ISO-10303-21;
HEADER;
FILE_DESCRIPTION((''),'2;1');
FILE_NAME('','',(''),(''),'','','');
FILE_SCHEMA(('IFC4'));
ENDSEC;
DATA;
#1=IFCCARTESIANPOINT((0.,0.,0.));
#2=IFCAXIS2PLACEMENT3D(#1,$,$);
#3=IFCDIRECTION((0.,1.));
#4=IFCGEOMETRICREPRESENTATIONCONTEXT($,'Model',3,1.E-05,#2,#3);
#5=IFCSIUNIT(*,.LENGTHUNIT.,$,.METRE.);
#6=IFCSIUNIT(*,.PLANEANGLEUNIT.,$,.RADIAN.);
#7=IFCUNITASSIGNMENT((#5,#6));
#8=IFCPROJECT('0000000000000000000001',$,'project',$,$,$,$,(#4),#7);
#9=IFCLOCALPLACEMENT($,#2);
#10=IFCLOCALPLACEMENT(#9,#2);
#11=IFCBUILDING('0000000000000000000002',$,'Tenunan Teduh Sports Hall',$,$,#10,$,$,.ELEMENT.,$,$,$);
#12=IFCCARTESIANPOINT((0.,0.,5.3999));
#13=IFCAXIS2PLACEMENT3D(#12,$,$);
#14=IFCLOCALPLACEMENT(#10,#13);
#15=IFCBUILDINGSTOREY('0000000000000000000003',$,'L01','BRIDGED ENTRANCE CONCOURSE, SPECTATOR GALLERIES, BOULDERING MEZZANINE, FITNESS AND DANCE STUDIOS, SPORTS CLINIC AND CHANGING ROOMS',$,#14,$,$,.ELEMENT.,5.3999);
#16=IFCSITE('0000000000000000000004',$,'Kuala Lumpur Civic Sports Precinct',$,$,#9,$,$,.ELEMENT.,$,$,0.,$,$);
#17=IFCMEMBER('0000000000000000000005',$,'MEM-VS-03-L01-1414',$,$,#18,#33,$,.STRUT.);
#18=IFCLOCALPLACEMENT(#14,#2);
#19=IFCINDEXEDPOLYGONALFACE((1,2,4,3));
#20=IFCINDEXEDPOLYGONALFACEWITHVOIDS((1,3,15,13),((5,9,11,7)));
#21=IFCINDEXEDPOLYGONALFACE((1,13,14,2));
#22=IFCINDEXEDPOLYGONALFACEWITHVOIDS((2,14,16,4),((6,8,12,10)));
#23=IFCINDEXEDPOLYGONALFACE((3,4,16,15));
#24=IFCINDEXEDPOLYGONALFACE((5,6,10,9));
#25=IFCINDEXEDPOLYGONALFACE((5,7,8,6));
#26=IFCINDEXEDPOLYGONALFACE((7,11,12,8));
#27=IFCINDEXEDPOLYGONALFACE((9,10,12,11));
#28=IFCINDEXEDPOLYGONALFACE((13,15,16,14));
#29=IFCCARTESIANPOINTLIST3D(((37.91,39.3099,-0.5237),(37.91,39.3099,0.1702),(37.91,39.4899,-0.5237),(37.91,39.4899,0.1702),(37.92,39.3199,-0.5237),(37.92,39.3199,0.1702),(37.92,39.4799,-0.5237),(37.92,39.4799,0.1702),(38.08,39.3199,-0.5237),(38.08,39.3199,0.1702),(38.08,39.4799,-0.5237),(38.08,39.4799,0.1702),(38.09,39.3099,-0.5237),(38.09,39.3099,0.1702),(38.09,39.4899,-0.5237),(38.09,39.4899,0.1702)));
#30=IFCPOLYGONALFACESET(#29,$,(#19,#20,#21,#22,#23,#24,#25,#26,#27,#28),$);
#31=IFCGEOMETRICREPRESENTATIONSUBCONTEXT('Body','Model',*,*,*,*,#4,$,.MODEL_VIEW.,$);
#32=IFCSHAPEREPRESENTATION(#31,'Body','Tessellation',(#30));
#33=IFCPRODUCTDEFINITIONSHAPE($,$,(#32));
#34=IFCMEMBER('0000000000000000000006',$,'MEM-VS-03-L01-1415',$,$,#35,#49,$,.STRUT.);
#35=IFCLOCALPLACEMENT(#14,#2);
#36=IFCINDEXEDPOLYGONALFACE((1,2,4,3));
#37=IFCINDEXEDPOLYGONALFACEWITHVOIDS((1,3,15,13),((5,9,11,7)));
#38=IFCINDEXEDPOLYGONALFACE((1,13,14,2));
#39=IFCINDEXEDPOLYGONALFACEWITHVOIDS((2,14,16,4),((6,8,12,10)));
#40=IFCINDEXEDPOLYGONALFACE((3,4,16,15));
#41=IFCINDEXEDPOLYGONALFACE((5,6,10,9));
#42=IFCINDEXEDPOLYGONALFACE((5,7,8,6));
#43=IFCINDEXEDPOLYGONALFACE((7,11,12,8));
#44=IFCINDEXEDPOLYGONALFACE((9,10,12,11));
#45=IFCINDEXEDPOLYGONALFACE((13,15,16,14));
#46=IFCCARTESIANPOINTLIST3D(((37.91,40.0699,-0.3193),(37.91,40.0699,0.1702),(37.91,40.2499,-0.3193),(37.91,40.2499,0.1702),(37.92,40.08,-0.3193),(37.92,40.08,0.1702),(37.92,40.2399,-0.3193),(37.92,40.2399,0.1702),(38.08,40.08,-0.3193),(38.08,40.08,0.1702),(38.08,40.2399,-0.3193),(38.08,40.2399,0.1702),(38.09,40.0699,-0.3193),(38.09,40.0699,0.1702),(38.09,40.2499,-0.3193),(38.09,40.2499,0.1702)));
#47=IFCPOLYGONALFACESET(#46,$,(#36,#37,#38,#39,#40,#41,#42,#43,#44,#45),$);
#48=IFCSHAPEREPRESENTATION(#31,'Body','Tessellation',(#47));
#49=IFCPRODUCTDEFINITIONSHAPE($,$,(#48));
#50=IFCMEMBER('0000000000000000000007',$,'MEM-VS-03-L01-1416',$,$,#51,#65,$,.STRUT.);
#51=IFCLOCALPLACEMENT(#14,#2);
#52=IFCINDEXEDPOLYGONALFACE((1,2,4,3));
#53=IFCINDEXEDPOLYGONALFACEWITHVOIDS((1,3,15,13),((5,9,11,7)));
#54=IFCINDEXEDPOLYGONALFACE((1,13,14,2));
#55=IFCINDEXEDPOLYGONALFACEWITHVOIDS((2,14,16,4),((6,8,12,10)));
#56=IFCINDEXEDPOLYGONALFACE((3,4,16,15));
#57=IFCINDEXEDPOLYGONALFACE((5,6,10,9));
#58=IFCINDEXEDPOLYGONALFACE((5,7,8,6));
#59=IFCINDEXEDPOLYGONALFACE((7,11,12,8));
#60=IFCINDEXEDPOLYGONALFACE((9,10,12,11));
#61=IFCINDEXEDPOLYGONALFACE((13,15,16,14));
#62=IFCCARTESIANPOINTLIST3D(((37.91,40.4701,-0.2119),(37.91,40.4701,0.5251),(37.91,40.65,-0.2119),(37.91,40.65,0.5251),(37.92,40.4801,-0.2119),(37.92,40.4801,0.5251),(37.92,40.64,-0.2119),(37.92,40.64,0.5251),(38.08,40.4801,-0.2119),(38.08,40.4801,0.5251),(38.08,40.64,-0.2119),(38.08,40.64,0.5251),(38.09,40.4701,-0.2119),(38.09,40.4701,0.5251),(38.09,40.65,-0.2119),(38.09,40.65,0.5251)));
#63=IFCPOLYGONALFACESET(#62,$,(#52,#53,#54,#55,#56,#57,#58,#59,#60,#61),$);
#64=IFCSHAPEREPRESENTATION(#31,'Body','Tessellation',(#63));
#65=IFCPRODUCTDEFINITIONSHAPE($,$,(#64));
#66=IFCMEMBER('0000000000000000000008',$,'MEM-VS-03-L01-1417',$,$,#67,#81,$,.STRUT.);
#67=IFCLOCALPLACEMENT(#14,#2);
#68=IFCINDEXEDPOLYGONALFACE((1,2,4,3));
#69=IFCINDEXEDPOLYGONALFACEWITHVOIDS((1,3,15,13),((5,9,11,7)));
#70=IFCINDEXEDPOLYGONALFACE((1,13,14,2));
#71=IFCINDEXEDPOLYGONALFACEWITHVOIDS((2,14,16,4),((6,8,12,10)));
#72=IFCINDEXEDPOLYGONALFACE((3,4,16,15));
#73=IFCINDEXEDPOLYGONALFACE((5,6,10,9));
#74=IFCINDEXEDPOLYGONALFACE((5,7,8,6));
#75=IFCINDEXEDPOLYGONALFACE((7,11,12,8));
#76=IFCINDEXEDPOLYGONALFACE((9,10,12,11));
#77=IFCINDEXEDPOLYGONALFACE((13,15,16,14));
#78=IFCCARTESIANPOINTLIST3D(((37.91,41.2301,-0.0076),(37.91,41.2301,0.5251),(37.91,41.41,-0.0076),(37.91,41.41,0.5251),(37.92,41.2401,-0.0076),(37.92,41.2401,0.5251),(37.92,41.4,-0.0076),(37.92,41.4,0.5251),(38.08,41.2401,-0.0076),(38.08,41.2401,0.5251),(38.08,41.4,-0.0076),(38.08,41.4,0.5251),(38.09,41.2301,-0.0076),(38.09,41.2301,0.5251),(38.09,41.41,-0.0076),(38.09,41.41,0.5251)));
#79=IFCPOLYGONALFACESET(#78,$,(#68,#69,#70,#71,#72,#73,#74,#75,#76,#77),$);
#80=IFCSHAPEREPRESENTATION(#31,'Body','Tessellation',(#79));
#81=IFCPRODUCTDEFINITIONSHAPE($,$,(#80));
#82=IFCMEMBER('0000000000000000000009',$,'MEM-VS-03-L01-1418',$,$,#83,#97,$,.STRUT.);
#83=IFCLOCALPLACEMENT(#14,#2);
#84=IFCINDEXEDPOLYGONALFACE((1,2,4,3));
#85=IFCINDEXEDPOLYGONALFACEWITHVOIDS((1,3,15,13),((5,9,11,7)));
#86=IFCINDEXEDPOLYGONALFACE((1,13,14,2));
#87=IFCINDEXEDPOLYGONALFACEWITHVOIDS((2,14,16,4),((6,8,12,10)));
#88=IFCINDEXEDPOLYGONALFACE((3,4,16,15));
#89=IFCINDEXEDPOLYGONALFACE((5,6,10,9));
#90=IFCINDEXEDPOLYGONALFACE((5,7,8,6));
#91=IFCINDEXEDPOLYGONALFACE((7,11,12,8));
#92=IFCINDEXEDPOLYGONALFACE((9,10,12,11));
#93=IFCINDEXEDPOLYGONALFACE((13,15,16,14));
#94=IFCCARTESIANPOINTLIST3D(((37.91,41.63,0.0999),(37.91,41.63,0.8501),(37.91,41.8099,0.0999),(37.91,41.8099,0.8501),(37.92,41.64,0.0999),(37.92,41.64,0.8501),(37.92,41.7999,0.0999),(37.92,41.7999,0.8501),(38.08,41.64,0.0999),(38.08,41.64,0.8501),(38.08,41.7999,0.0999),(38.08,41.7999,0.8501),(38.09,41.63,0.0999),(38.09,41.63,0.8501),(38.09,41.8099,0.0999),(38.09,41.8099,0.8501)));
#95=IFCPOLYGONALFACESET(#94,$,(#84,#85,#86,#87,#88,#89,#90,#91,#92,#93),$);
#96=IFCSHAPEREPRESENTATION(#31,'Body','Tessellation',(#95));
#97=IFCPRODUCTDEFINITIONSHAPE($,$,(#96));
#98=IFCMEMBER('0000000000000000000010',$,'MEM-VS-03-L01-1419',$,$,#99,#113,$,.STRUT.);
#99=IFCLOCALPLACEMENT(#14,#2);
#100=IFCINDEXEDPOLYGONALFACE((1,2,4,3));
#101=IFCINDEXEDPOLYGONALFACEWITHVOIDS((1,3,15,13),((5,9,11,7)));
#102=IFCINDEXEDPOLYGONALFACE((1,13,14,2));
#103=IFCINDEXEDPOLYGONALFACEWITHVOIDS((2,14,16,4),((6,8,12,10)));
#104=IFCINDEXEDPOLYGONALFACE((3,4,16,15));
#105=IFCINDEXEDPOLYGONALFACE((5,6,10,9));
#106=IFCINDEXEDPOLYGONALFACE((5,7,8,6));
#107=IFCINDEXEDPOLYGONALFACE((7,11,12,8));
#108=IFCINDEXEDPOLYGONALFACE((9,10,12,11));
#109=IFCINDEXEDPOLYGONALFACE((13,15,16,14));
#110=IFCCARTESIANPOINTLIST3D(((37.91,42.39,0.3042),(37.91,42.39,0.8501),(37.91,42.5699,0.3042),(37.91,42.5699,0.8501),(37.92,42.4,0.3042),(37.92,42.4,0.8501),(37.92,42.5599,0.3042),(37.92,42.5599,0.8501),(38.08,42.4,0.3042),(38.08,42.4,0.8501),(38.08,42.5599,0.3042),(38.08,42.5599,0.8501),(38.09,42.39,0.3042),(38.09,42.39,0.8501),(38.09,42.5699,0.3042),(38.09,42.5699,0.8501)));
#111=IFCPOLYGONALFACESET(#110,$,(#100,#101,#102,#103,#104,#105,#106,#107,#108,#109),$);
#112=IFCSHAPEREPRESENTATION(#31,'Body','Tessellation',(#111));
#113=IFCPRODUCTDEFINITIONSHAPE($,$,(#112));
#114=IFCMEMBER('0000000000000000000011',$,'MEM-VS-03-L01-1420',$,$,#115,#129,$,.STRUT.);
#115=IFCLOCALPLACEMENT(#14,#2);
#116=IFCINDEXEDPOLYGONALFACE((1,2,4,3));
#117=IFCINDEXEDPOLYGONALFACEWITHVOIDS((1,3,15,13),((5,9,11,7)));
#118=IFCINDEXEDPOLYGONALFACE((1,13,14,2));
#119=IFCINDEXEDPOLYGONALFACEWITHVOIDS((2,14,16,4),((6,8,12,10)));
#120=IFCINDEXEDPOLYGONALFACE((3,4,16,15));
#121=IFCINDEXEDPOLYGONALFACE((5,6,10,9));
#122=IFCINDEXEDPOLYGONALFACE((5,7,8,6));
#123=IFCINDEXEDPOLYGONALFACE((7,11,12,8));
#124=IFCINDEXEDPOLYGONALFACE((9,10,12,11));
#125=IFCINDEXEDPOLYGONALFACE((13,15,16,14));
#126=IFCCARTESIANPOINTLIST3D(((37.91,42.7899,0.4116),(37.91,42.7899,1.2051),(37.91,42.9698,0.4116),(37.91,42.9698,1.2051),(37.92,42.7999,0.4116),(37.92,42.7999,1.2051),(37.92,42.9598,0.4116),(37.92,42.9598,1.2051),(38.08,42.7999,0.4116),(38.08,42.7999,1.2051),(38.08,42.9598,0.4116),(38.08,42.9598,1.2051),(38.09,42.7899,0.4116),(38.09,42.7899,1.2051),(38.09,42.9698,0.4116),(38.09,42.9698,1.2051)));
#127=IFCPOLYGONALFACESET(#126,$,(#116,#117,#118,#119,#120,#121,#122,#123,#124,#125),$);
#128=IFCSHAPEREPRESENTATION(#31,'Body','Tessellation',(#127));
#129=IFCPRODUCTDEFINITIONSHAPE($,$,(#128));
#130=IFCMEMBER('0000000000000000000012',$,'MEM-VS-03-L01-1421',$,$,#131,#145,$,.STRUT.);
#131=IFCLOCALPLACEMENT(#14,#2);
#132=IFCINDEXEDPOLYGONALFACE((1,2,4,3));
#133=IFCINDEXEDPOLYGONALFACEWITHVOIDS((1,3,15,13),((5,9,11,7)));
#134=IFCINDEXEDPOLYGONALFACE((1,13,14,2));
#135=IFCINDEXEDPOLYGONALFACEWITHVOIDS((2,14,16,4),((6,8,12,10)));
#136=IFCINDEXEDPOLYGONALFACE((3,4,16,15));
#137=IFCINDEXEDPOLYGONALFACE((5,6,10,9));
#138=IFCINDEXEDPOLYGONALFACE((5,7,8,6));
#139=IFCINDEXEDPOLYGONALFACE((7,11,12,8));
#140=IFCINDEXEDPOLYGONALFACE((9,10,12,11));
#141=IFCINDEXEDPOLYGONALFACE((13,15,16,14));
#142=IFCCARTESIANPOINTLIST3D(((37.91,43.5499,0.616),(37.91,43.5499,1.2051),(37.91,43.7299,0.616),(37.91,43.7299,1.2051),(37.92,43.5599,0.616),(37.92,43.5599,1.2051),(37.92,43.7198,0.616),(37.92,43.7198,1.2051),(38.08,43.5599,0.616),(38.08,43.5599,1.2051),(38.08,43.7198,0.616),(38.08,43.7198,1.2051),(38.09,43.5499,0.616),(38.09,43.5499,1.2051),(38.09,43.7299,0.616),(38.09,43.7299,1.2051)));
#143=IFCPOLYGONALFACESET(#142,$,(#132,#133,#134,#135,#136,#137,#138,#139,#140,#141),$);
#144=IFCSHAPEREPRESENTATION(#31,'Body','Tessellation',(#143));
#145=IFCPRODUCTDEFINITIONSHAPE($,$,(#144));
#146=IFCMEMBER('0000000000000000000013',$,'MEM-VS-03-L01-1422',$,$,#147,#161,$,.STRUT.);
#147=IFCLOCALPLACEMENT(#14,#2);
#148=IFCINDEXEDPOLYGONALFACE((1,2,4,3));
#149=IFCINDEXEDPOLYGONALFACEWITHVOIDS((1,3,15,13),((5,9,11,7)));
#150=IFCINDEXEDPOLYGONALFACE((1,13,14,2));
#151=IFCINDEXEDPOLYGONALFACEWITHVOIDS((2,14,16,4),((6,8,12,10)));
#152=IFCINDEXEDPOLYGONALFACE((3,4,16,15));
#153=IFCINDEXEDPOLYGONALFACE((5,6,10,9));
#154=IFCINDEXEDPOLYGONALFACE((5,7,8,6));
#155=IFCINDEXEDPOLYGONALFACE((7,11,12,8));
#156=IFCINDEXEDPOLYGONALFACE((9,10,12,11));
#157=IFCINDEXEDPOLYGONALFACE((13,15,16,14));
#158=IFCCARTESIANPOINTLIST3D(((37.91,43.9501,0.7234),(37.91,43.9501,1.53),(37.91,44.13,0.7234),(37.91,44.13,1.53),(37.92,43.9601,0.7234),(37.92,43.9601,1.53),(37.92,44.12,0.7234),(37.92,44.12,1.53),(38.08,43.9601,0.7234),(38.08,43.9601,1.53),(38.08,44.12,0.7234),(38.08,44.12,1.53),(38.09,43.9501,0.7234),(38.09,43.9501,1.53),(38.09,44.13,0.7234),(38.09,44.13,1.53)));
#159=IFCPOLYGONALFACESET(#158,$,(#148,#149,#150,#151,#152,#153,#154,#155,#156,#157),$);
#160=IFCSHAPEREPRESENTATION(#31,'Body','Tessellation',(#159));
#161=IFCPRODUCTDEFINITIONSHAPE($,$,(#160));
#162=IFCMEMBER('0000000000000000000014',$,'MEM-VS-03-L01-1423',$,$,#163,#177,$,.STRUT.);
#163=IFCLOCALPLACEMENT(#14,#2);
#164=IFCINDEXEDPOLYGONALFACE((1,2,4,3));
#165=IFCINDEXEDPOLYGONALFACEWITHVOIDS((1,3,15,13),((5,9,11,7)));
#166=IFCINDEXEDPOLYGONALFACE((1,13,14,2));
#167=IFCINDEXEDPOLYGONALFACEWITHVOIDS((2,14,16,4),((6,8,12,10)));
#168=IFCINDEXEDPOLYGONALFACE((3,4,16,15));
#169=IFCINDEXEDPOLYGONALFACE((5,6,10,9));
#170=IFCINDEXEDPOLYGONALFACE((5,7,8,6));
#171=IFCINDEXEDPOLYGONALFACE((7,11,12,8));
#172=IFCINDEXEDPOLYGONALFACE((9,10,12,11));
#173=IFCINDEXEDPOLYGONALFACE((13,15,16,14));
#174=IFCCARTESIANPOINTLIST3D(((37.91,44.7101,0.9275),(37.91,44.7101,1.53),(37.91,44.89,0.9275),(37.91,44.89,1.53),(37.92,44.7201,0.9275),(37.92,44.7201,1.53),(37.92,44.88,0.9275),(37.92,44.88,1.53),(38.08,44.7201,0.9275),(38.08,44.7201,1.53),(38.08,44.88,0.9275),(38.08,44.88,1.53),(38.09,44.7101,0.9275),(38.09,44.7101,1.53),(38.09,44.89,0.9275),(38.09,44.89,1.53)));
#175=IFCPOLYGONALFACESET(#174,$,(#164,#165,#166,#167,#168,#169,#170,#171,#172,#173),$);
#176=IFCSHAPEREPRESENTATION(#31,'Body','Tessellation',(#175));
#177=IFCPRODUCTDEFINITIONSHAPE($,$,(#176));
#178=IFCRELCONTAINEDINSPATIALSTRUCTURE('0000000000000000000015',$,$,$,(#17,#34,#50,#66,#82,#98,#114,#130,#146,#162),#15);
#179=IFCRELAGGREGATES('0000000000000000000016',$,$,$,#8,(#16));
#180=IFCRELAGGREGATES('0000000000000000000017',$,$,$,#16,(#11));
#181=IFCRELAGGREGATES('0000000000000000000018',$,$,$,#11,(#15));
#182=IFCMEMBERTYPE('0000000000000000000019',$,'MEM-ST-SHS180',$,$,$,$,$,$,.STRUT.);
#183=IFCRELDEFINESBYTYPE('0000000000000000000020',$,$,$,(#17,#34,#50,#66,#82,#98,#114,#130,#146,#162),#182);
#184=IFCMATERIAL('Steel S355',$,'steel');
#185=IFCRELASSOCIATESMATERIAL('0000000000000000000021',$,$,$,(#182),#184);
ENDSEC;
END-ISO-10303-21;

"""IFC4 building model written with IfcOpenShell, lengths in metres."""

from ifc_helpers import new_model, si_unit, direction, frame, origin, origin_2d, place, context, subcontext, project, spatial, hollow_rectangle, extrude, material, material_profile, profile_set, type_object, element, save


model = new_model("IFC4")

# Units and contexts
model_context = context("Model", 3, precision=1e-05, world=origin(), true_north=direction((0.0, 1.0)))
body_context = subcontext(model_context, "Body", "Model", "MODEL_VIEW")
ifc_project = project(units=[si_unit("LENGTHUNIT", "METRE"), si_unit("PLANEANGLEUNIT", "RADIAN")], contexts=[model_context])

# Site, building, storey
site_placement = place(None, origin())
site = spatial("IfcSite", under=ifc_project, at=site_placement, Name="Kuala Lumpur Civic Sports Precinct", CompositionType="ELEMENT", RefElevation=0.0)
building_placement = place(site_placement, origin())
building = spatial("IfcBuilding", under=site, at=building_placement, Name="Tenunan Teduh Sports Hall", CompositionType="ELEMENT")
storey_placement = place(building_placement, frame((0.0, 0.0, 5.3999)))
storey = spatial("IfcBuildingStorey", under=building, at=storey_placement, Name="L01", Description="BRIDGED ENTRANCE CONCOURSE, SPECTATOR GALLERIES, BOULDERING MEZZANINE, FITNESS AND DANCE STUDIOS, SPORTS CLINIC AND CHANGING ROOMS", CompositionType="ELEMENT", Elevation=5.3999)

# Members
ifc_material_1 = material(Name="Steel S355", Category="steel")
ifc_material_profile_1 = material_profile(ifc_material_1, hollow_rectangle(XDim=0.1799, YDim=0.1799, WallThickness=0.01, at=origin_2d()), Name="SHS 180x180x10.0")
ifc_profile_set_1 = profile_set([ifc_material_profile_1], Name="Steel S355")
member_type_1 = type_object("IfcMemberType", Name="MEM-ST-SHS180", PredefinedType="STRUT", material=ifc_profile_set_1)
member_1_placement = place(storey_placement, frame((38.0, 39.3999, -0.5237), z_axis=(0.0, 0.0, 1.0), x_axis=(1.0, 0.0, 0.0)))
element("IfcMember", 1, at=member_1_placement, inside=storey, type_object=member_type_1, Name="MEM-VS-03-L01-1414", PredefinedType="STRUT", context=body_context, shape_type="SweptSolid", body=[
    extrude(hollow_rectangle(XDim=0.1799, YDim=0.1799, WallThickness=0.01, at=origin_2d()), origin(), (0.0, 0.0, 1.0), 0.6938),
])
member_2_placement = place(storey_placement, frame((38.0, 40.1599, -0.3193), z_axis=(0.0, 0.0, 1.0), x_axis=(1.0, 0.0, 0.0)))
element("IfcMember", 2, at=member_2_placement, inside=storey, type_object=member_type_1, Name="MEM-VS-03-L01-1415", PredefinedType="STRUT", context=body_context, shape_type="SweptSolid", body=[
    extrude(hollow_rectangle(XDim=0.1799, YDim=0.1799, WallThickness=0.01, at=origin_2d()), origin(), (0.0, 0.0, 1.0), 0.4895),
])
member_3_placement = place(storey_placement, frame((38.0, 40.5601, -0.2119), z_axis=(0.0, 0.0, 1.0), x_axis=(1.0, 0.0, 0.0)))
element("IfcMember", 3, at=member_3_placement, inside=storey, type_object=member_type_1, Name="MEM-VS-03-L01-1416", PredefinedType="STRUT", context=body_context, shape_type="SweptSolid", body=[
    extrude(hollow_rectangle(XDim=0.1799, YDim=0.1799, WallThickness=0.01, at=origin_2d()), origin(), (0.0, 0.0, 1.0), 0.7371),
])
member_4_placement = place(storey_placement, frame((38.0, 41.3201, -0.0076), z_axis=(0.0, 0.0, 1.0), x_axis=(1.0, 0.0, 0.0)))
element("IfcMember", 4, at=member_4_placement, inside=storey, type_object=member_type_1, Name="MEM-VS-03-L01-1417", PredefinedType="STRUT", context=body_context, shape_type="SweptSolid", body=[
    extrude(hollow_rectangle(XDim=0.1799, YDim=0.1799, WallThickness=0.01, at=origin_2d()), origin(), (0.0, 0.0, 1.0), 0.5327),
])
member_5_placement = place(storey_placement, frame((38.0, 41.72, 0.0999), z_axis=(0.0, 0.0, 1.0), x_axis=(1.0, 0.0, 0.0)))
element("IfcMember", 5, at=member_5_placement, inside=storey, type_object=member_type_1, Name="MEM-VS-03-L01-1418", PredefinedType="STRUT", context=body_context, shape_type="SweptSolid", body=[
    extrude(hollow_rectangle(XDim=0.1799, YDim=0.1799, WallThickness=0.01, at=origin_2d()), origin(), (0.0, 0.0, 1.0), 0.7502),
])
member_6_placement = place(storey_placement, frame((38.0, 42.48, 0.3042), z_axis=(0.0, 0.0, 1.0), x_axis=(1.0, 0.0, 0.0)))
element("IfcMember", 6, at=member_6_placement, inside=storey, type_object=member_type_1, Name="MEM-VS-03-L01-1419", PredefinedType="STRUT", context=body_context, shape_type="SweptSolid", body=[
    extrude(hollow_rectangle(XDim=0.1799, YDim=0.1799, WallThickness=0.01, at=origin_2d()), origin(), (0.0, 0.0, 1.0), 0.5459),
])
member_7_placement = place(storey_placement, frame((38.0, 42.8799, 0.4116), z_axis=(0.0, 0.0, 1.0), x_axis=(1.0, 0.0, 0.0)))
element("IfcMember", 7, at=member_7_placement, inside=storey, type_object=member_type_1, Name="MEM-VS-03-L01-1420", PredefinedType="STRUT", context=body_context, shape_type="SweptSolid", body=[
    extrude(hollow_rectangle(XDim=0.1799, YDim=0.1799, WallThickness=0.01, at=origin_2d()), origin(), (0.0, 0.0, 1.0), 0.7935),
])
member_8_placement = place(storey_placement, frame((38.0, 43.6399, 0.616), z_axis=(0.0, 0.0, 1.0), x_axis=(1.0, 0.0, 0.0)))
element("IfcMember", 8, at=member_8_placement, inside=storey, type_object=member_type_1, Name="MEM-VS-03-L01-1421", PredefinedType="STRUT", context=body_context, shape_type="SweptSolid", body=[
    extrude(hollow_rectangle(XDim=0.1799, YDim=0.1799, WallThickness=0.01, at=origin_2d()), origin(), (0.0, 0.0, 1.0), 0.5891),
])
member_9_placement = place(storey_placement, frame((38.0, 44.04, 0.7234), z_axis=(0.0, 0.0, 1.0), x_axis=(1.0, 0.0, 0.0)))
element("IfcMember", 9, at=member_9_placement, inside=storey, type_object=member_type_1, Name="MEM-VS-03-L01-1422", PredefinedType="STRUT", context=body_context, shape_type="SweptSolid", body=[
    extrude(hollow_rectangle(XDim=0.1799, YDim=0.1799, WallThickness=0.01, at=origin_2d()), origin(), (0.0, 0.0, 1.0), 0.8066),
])
member_10_placement = place(storey_placement, frame((38.0, 44.8, 0.9275), z_axis=(0.0, 0.0, 1.0), x_axis=(1.0, 0.0, 0.0)))
element("IfcMember", 10, at=member_10_placement, inside=storey, type_object=member_type_1, Name="MEM-VS-03-L01-1423", PredefinedType="STRUT", context=body_context, shape_type="SweptSolid", body=[
    extrude(hollow_rectangle(XDim=0.1799, YDim=0.1799, WallThickness=0.01, at=origin_2d()), origin(), (0.0, 0.0, 1.0), 0.6025),
])

save(model, "model.ifc")
